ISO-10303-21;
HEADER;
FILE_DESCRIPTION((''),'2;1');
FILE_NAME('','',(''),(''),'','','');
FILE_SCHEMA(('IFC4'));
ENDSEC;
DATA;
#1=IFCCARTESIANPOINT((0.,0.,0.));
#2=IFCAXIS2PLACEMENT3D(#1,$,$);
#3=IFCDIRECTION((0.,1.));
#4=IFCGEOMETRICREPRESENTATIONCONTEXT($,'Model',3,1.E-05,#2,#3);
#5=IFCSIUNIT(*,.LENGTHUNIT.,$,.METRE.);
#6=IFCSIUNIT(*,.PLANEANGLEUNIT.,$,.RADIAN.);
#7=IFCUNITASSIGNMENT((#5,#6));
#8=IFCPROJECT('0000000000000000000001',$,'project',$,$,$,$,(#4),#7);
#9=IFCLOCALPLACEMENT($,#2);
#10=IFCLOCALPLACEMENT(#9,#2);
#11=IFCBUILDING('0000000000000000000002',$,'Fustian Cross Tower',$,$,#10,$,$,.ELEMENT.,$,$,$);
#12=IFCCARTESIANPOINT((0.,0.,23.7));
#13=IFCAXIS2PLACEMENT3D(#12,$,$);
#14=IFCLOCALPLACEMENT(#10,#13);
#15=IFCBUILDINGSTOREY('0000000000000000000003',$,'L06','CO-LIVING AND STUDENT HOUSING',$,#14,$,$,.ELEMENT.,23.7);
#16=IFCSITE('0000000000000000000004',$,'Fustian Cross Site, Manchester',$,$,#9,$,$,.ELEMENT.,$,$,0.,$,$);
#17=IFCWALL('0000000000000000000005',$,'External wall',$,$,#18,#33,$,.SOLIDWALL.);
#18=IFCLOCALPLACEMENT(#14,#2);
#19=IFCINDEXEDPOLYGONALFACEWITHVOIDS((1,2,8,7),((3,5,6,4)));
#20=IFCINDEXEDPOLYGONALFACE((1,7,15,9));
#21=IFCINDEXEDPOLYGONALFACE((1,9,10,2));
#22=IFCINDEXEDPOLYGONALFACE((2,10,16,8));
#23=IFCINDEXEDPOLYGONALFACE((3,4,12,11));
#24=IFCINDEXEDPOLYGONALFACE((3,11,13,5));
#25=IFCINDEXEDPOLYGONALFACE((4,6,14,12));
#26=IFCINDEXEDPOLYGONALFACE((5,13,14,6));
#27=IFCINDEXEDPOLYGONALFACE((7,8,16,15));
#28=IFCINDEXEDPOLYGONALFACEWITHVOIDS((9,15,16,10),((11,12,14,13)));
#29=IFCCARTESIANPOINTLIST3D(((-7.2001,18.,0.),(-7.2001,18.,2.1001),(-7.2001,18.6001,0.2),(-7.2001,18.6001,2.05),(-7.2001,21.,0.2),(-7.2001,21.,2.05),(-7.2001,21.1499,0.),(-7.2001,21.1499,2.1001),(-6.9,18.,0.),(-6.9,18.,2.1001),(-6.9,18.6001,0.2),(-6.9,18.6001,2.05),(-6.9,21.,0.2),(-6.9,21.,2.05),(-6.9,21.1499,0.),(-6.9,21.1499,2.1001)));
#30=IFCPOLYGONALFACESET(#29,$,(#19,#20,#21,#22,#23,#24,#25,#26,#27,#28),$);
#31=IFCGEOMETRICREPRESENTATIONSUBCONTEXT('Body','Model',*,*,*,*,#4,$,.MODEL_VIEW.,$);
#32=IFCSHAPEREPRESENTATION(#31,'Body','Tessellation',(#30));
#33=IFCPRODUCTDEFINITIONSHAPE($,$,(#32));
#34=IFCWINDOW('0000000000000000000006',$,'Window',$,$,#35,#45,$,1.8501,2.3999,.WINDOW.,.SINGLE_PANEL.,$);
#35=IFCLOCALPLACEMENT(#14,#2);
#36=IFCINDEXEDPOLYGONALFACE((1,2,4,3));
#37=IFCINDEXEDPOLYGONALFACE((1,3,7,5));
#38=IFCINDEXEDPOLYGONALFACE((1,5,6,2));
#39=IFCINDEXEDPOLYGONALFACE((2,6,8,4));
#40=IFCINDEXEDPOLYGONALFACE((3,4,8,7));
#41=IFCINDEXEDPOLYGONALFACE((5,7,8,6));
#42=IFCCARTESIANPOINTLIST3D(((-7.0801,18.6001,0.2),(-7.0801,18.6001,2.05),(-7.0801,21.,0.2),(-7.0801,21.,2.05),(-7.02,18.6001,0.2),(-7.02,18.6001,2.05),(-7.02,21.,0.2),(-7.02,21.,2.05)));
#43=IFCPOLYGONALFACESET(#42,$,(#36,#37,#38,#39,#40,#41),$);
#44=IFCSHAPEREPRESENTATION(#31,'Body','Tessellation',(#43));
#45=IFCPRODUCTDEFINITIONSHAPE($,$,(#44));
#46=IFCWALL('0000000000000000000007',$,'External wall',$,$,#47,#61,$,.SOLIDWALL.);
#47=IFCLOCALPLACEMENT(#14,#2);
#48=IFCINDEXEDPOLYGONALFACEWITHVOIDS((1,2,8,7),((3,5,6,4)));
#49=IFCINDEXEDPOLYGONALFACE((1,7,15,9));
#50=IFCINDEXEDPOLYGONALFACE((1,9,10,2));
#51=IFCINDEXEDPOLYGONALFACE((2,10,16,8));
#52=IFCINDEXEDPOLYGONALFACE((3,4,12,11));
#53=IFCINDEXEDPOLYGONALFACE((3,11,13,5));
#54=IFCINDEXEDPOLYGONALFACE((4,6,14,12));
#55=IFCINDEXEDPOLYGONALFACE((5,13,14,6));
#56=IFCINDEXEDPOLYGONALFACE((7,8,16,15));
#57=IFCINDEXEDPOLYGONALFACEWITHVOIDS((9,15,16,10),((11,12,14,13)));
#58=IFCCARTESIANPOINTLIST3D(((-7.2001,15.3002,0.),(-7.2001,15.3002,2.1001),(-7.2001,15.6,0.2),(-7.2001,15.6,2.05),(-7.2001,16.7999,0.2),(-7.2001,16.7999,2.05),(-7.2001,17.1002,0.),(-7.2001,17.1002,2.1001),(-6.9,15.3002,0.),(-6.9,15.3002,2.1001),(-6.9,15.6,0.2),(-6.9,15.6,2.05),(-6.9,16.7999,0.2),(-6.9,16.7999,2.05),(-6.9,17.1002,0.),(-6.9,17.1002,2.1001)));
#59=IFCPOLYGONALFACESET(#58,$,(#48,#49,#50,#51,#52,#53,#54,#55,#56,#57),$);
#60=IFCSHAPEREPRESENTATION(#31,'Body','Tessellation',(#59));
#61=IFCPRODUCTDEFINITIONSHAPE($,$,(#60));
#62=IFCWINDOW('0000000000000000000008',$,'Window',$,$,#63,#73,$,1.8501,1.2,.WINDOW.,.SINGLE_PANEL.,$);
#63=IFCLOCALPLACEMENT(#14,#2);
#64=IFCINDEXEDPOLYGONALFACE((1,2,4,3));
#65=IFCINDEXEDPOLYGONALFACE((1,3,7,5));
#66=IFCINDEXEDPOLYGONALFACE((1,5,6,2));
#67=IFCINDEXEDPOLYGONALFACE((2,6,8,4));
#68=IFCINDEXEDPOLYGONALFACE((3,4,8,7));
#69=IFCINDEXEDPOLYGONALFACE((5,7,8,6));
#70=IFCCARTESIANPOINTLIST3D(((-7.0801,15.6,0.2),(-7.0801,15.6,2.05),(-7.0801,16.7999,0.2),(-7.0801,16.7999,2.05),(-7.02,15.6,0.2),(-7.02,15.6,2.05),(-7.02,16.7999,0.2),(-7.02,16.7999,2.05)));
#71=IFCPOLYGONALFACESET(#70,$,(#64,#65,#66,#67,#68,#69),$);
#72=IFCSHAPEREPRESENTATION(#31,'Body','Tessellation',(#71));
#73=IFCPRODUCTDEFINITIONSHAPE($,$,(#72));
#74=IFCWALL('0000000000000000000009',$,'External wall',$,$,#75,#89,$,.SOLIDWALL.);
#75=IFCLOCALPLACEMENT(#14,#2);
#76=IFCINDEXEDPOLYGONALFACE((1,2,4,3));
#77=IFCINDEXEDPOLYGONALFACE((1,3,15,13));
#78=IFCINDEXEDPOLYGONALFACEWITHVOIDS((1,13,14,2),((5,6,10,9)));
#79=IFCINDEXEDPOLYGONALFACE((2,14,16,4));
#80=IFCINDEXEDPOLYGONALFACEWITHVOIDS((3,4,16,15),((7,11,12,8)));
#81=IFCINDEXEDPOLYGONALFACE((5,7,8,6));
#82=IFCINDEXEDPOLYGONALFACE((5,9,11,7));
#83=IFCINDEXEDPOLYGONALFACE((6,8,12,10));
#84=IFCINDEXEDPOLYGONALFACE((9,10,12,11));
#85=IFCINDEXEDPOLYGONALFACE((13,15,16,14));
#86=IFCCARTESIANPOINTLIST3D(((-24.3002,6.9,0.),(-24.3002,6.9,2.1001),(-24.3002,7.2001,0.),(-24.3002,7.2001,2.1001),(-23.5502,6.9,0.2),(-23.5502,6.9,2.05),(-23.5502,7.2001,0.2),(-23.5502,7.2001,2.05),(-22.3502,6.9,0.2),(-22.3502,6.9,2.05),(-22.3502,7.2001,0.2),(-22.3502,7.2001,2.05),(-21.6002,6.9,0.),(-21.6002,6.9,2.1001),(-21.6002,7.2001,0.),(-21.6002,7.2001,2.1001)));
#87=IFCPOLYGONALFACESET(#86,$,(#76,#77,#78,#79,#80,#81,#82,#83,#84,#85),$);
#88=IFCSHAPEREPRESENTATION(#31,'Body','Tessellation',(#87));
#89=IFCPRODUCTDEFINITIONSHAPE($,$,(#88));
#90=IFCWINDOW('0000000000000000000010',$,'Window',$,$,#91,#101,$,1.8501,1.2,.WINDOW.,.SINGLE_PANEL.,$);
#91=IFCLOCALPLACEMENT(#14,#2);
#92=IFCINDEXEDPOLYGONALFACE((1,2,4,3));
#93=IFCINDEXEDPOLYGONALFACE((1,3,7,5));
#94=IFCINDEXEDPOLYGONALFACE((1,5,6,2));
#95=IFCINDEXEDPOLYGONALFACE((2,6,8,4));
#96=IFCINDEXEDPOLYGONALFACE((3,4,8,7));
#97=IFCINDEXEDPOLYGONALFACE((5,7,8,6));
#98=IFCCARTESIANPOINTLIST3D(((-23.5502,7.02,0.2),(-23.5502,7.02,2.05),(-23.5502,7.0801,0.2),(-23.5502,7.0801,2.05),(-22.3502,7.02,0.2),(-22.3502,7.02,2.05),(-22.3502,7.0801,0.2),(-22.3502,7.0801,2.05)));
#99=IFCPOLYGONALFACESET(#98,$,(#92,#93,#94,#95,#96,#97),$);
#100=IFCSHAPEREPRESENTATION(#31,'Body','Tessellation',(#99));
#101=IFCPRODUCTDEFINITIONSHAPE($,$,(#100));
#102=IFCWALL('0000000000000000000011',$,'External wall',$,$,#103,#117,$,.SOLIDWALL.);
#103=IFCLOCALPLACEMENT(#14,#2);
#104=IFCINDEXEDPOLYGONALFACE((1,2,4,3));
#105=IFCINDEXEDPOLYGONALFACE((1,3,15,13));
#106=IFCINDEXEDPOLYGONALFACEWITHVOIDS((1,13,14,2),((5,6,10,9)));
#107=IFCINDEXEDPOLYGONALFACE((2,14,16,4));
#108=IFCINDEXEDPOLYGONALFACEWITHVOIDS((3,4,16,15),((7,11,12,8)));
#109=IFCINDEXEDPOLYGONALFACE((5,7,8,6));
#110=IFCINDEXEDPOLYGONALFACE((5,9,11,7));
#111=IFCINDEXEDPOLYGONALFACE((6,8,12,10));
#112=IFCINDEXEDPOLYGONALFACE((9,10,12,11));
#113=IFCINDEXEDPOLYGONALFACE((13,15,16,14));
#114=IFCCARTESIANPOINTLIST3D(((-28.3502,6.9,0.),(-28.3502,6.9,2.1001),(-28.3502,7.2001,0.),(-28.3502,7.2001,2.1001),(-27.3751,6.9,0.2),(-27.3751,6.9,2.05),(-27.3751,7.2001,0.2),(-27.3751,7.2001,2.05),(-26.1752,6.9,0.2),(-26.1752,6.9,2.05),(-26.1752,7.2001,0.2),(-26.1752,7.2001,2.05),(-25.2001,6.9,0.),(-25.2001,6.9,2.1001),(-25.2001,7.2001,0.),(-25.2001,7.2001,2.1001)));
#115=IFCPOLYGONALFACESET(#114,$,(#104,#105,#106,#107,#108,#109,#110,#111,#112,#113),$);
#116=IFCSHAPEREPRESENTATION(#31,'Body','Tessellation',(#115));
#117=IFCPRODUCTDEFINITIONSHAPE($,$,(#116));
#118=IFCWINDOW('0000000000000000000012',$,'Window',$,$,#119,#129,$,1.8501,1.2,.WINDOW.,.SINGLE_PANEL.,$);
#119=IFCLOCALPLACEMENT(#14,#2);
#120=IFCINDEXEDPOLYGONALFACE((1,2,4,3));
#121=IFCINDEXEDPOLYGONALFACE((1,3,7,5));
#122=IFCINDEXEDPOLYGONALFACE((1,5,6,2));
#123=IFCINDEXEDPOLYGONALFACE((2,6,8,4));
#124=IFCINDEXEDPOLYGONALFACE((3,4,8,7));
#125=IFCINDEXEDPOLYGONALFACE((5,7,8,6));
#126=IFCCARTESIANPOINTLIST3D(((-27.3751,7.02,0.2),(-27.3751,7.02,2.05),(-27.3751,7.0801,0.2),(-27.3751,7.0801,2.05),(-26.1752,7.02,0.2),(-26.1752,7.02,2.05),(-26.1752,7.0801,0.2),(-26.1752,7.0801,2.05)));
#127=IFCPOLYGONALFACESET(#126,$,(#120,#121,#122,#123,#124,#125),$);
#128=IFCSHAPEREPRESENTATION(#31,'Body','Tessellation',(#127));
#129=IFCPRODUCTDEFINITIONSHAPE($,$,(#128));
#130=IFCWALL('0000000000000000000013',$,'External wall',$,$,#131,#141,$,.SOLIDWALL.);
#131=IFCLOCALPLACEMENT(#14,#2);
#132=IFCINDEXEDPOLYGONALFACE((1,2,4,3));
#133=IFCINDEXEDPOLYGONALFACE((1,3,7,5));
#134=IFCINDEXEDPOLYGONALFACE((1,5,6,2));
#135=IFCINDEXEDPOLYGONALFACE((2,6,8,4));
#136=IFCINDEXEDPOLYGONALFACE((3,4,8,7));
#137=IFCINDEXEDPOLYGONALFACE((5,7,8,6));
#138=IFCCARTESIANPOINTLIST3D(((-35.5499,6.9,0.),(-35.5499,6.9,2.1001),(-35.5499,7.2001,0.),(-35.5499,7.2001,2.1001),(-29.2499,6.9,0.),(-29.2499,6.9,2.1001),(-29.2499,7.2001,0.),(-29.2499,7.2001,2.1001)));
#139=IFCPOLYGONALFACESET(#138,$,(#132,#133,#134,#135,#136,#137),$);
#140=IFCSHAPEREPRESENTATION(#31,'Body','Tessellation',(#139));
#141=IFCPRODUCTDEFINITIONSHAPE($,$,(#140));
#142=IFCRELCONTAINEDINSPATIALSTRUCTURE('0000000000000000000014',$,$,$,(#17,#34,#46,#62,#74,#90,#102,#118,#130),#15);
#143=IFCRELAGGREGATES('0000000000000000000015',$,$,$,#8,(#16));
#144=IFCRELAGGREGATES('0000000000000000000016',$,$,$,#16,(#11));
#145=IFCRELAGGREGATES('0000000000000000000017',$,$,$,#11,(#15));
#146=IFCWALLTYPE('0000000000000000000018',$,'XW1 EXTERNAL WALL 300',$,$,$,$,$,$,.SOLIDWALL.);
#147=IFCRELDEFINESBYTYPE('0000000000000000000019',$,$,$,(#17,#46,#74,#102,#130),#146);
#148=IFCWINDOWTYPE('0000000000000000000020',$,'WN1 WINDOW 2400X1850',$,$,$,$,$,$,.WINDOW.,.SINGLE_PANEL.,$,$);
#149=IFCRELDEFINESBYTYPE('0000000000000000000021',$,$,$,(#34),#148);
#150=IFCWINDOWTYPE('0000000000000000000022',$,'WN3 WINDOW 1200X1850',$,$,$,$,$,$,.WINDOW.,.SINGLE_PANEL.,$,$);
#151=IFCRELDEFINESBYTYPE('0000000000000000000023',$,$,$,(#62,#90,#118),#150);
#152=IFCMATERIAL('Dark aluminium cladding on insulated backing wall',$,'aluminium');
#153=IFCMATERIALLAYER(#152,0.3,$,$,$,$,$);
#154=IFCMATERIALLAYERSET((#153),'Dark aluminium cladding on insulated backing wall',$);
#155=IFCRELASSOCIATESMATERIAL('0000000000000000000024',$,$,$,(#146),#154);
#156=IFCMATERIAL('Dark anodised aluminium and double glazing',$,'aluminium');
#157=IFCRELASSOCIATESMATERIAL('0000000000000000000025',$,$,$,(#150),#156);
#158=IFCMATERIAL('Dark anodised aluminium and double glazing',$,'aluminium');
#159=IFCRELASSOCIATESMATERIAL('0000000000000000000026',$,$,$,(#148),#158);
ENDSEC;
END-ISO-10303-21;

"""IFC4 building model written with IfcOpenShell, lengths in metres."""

from ifc_helpers import new_model, si_unit, direction, frame, frame_2d, origin, place, context, subcontext, project, spatial, rectangle, extrude, material, layer, layer_set, type_object, element, fill, save


model = new_model("IFC4")

# Units and contexts
model_context = context("Model", 3, precision=1e-05, world=origin(), true_north=direction((0.0, 1.0)))
body_context = subcontext(model_context, "Body", "Model", "MODEL_VIEW")
ifc_project = project(units=[si_unit("LENGTHUNIT", "METRE"), si_unit("PLANEANGLEUNIT", "RADIAN")], contexts=[model_context])

# Site, building, storey
site_placement = place(None, origin())
site = spatial("IfcSite", under=ifc_project, at=site_placement, Name="Fustian Cross Site, Manchester", CompositionType="ELEMENT", RefElevation=0.0)
building_placement = place(site_placement, origin())
building = spatial("IfcBuilding", under=site, at=building_placement, Name="Fustian Cross Tower", CompositionType="ELEMENT")
storey_placement = place(building_placement, frame((0.0, 0.0, 23.7)))
storey = spatial("IfcBuildingStorey", under=building, at=storey_placement, Name="L06", Description="CO-LIVING AND STUDENT HOUSING", CompositionType="ELEMENT", Elevation=23.7)

# Shared definitions
ifc_material_1 = material(Name="Dark aluminium cladding on insulated backing wall", Category="aluminium")
ifc_layer_1 = layer(ifc_material_1, 0.3)
ifc_layer_set_1 = layer_set([ifc_layer_1], Name="Dark aluminium cladding on insulated backing wall")
wall_type_1 = type_object("IfcWallType", Name="XW1 EXTERNAL WALL 300", PredefinedType="SOLIDWALL", material=ifc_layer_set_1)
ifc_material_2 = material(Name="Dark anodised aluminium and double glazing", Category="aluminium")
window_type_1 = type_object("IfcWindowType", Name="WN3 WINDOW 1200X1850", PartitioningType="SINGLE_PANEL", PredefinedType="WINDOW", material=ifc_material_2)
ifc_material_3 = material(Name="Dark anodised aluminium and double glazing", Category="aluminium")
window_type_2 = type_object("IfcWindowType", Name="WN1 WINDOW 2400X1850", PartitioningType="SINGLE_PANEL", PredefinedType="WINDOW", material=ifc_material_3)

# Walls, openings, windows
wall_1_placement = place(storey_placement, frame((-7.05, 21.1499, 0.0), z_axis=(0.0, 0.0, 1.0), x_axis=(0.0, -1.0, 0.0)))
wall_1 = element("IfcWall", 1, at=wall_1_placement, inside=storey, type_object=wall_type_1, Name="External wall", PredefinedType="SOLIDWALL", context=body_context, shape_type="SweptSolid", body=[
    extrude(rectangle(XDim=3.1499, YDim=0.3, at=frame_2d((1.575, 0.0))), origin(), (0.0, 0.0, 1.0), 2.1001),
])
opening_1_placement = place(wall_1_placement, frame((0.1499, 0.0, 0.2)))
opening_1 = element("IfcOpeningElement", 2, at=opening_1_placement, cuts=wall_1, PredefinedType="OPENING", context=body_context, shape_type="SweptSolid", body=[
    extrude(rectangle(XDim=2.3999, YDim=1.8501, at=frame_2d((1.2, 0.925))), frame((0.0, 0.1599, 0.0), z_axis=(0.0, -1.0, 0.0), x_axis=(1.0, 0.0, 0.0)), (0.0, 0.0, 1.0), 0.3201),
])
window_1_placement = place(opening_1_placement, origin())
window_1 = element("IfcWindow", 3, at=window_1_placement, inside=storey, type_object=window_type_2, Name="Window", OverallHeight=1.8501, OverallWidth=2.3999, PartitioningType="SINGLE_PANEL", PredefinedType="WINDOW", context=body_context, shape_type="SweptSolid", body=[
    extrude(rectangle(XDim=2.3999, YDim=1.8501, at=frame_2d((1.2, 0.925))), frame((0.0, 0.03, 0.0), z_axis=(0.0, -1.0, 0.0), x_axis=(1.0, 0.0, 0.0)), (0.0, 0.0, 1.0), 0.0601),
])
fill(opening_1, window_1)
wall_2_placement = place(storey_placement, frame((-7.05, 17.1001, 0.0), z_axis=(0.0, 0.0, 1.0), x_axis=(0.0, -1.0, 0.0)))
wall_2 = element("IfcWall", 4, at=wall_2_placement, inside=storey, type_object=wall_type_1, Name="External wall", PredefinedType="SOLIDWALL", context=body_context, shape_type="SweptSolid", body=[
    extrude(rectangle(XDim=1.8, YDim=0.3, at=frame_2d((0.8999, 0.0))), origin(), (0.0, 0.0, 1.0), 2.1001),
])
opening_2_placement = place(wall_2_placement, frame((0.3, 0.0, 0.2)))
opening_2 = element("IfcOpeningElement", 5, at=opening_2_placement, cuts=wall_2, PredefinedType="OPENING", context=body_context, shape_type="SweptSolid", body=[
    extrude(rectangle(XDim=1.2, YDim=1.8501, at=frame_2d((0.6001, 0.925))), frame((0.0, 0.1599, 0.0), z_axis=(0.0, -1.0, 0.0), x_axis=(1.0, 0.0, 0.0)), (0.0, 0.0, 1.0), 0.3201),
])
window_2_placement = place(opening_2_placement, origin())
window_2 = element("IfcWindow", 6, at=window_2_placement, inside=storey, type_object=window_type_1, Name="Window", OverallHeight=1.8501, OverallWidth=1.2, PartitioningType="SINGLE_PANEL", PredefinedType="WINDOW", context=body_context, shape_type="SweptSolid", body=[
    extrude(rectangle(XDim=1.2, YDim=1.8501, at=frame_2d((0.6001, 0.925))), frame((0.0, 0.03, 0.0), z_axis=(0.0, -1.0, 0.0), x_axis=(1.0, 0.0, 0.0)), (0.0, 0.0, 1.0), 0.0601),
])
fill(opening_2, window_2)
wall_3_placement = place(storey_placement, frame((-21.6001, 7.05, 0.0), z_axis=(0.0, 0.0, 1.0), x_axis=(-1.0, 0.0, 0.0)))
wall_3 = element("IfcWall", 7, at=wall_3_placement, inside=storey, type_object=wall_type_1, Name="External wall", PredefinedType="SOLIDWALL", context=body_context, shape_type="SweptSolid", body=[
    extrude(rectangle(XDim=2.7, YDim=0.3, at=frame_2d((1.3501, 0.0))), origin(), (0.0, 0.0, 1.0), 2.1001),
])
opening_3_placement = place(wall_3_placement, frame((0.75, 0.0, 0.2)))
opening_3 = element("IfcOpeningElement", 8, at=opening_3_placement, cuts=wall_3, PredefinedType="OPENING", context=body_context, shape_type="SweptSolid", body=[
    extrude(rectangle(XDim=1.2, YDim=1.8501, at=frame_2d((0.6001, 0.925))), frame((0.0, 0.1599, 0.0), z_axis=(0.0, -1.0, 0.0), x_axis=(1.0, 0.0, 0.0)), (0.0, 0.0, 1.0), 0.3201),
])
window_3_placement = place(opening_3_placement, origin())
window_3 = element("IfcWindow", 9, at=window_3_placement, inside=storey, type_object=window_type_1, Name="Window", OverallHeight=1.8501, OverallWidth=1.2, PartitioningType="SINGLE_PANEL", PredefinedType="WINDOW", context=body_context, shape_type="SweptSolid", body=[
    extrude(rectangle(XDim=1.2, YDim=1.8501, at=frame_2d((0.6001, 0.925))), frame((0.0, 0.03, 0.0), z_axis=(0.0, -1.0, 0.0), x_axis=(1.0, 0.0, 0.0)), (0.0, 0.0, 1.0), 0.0601),
])
fill(opening_3, window_3)
wall_4_placement = place(storey_placement, frame((-25.2, 7.05, 0.0), z_axis=(0.0, 0.0, 1.0), x_axis=(-1.0, 0.0, 0.0)))
wall_4 = element("IfcWall", 10, at=wall_4_placement, inside=storey, type_object=wall_type_1, Name="External wall", PredefinedType="SOLIDWALL", context=body_context, shape_type="SweptSolid", body=[
    extrude(rectangle(XDim=3.1501, YDim=0.3, at=frame_2d((1.5752, 0.0))), origin(), (0.0, 0.0, 1.0), 2.1001),
])
opening_4_placement = place(wall_4_placement, frame((0.9751, 0.0, 0.2)))
opening_4 = element("IfcOpeningElement", 11, at=opening_4_placement, cuts=wall_4, PredefinedType="OPENING", context=body_context, shape_type="SweptSolid", body=[
    extrude(rectangle(XDim=1.2, YDim=1.8501, at=frame_2d((0.6001, 0.925))), frame((0.0, 0.1599, 0.0), z_axis=(0.0, -1.0, 0.0), x_axis=(1.0, 0.0, 0.0)), (0.0, 0.0, 1.0), 0.3201),
])
window_4_placement = place(opening_4_placement, origin())
window_4 = element("IfcWindow", 12, at=window_4_placement, inside=storey, type_object=window_type_1, Name="Window", OverallHeight=1.8501, OverallWidth=1.2, PartitioningType="SINGLE_PANEL", PredefinedType="WINDOW", context=body_context, shape_type="SweptSolid", body=[
    extrude(rectangle(XDim=1.2, YDim=1.8501, at=frame_2d((0.6001, 0.925))), frame((0.0, 0.03, 0.0), z_axis=(0.0, -1.0, 0.0), x_axis=(1.0, 0.0, 0.0)), (0.0, 0.0, 1.0), 0.0601),
])
fill(opening_4, window_4)

# Wall
wall_5_placement = place(storey_placement, frame((-29.25, 7.05, 0.0), z_axis=(0.0, 0.0, 1.0), x_axis=(-1.0, 0.0, 0.0)))
element("IfcWall", 13, at=wall_5_placement, inside=storey, type_object=wall_type_1, Name="External wall", PredefinedType="SOLIDWALL", context=body_context, shape_type="SweptSolid", body=[
    extrude(rectangle(XDim=6.3, YDim=0.3, at=frame_2d((3.1499, 0.0))), origin(), (0.0, 0.0, 1.0), 2.1001),
])

save(model, "model.ifc")
